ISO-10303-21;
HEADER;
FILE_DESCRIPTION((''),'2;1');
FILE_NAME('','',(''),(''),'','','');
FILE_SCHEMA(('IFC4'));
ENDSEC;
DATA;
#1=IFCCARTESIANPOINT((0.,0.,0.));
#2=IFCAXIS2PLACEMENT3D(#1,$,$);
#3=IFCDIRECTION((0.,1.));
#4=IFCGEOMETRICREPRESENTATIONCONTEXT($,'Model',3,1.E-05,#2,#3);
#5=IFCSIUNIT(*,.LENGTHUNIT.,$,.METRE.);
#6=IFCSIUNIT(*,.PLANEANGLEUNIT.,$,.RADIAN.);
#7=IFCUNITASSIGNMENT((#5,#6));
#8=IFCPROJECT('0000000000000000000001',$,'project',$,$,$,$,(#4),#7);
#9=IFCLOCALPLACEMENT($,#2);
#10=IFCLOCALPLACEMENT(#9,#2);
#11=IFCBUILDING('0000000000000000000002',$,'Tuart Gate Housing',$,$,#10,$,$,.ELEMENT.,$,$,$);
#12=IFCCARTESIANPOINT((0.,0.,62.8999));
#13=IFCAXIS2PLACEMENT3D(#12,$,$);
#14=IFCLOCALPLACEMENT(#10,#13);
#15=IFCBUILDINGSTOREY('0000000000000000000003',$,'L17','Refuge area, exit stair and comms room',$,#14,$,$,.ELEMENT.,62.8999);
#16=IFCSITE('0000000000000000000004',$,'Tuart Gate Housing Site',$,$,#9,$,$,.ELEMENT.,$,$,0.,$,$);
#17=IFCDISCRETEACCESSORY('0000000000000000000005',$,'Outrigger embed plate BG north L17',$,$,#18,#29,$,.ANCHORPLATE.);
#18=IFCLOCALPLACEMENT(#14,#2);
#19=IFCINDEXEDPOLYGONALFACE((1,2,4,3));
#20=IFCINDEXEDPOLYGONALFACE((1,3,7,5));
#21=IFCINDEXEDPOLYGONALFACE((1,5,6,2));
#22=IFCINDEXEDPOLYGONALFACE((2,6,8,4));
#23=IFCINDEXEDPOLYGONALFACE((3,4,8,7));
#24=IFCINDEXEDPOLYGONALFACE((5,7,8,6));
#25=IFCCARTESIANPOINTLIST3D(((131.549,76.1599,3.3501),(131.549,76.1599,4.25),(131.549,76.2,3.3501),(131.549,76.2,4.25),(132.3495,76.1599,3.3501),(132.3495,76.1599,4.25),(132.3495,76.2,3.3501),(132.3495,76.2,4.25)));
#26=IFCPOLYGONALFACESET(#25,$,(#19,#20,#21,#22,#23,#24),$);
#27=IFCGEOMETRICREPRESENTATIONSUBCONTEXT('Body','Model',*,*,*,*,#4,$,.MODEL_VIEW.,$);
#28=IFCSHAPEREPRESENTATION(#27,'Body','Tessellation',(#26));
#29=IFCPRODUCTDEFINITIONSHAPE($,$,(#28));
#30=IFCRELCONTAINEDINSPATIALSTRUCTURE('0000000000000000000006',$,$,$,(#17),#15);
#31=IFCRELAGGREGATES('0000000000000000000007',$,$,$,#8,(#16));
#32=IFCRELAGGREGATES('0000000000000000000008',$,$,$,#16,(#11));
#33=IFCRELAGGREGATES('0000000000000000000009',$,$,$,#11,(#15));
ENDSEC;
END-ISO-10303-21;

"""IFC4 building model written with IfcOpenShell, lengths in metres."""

from ifc_helpers import new_model, si_unit, direction, frame, origin, origin_2d, place, context, subcontext, project, spatial, rectangle, extrude, element, save


model = new_model("IFC4")

# Units and contexts
model_context = context("Model", 3, precision=1e-05, world=origin(), true_north=direction((0.0, 1.0)))
body_context = subcontext(model_context, "Body", "Model", "MODEL_VIEW")
ifc_project = project(units=[si_unit("LENGTHUNIT", "METRE"), si_unit("PLANEANGLEUNIT", "RADIAN")], contexts=[model_context])

# Site, building, storey
site_placement = place(None, origin())
site = spatial("IfcSite", under=ifc_project, at=site_placement, Name="Tuart Gate Housing Site", CompositionType="ELEMENT", RefElevation=0.0)
building_placement = place(site_placement, origin())
building = spatial("IfcBuilding", under=site, at=building_placement, Name="Tuart Gate Housing", CompositionType="ELEMENT")
storey_placement = place(building_placement, frame((0.0, 0.0, 62.8999)))
storey = spatial("IfcBuildingStorey", under=building, at=storey_placement, Name="L17", Description="Refuge area, exit stair and comms room", CompositionType="ELEMENT", Elevation=62.8999)

# Discrete accessory
discrete_accessory_placement = place(storey_placement, frame((131.9492, 76.1799, 3.3501), z_axis=(0.0, 0.0, 1.0), x_axis=(1.0, 0.0, 0.0)))
element("IfcDiscreteAccessory", 1, at=discrete_accessory_placement, inside=storey, Name="Outrigger embed plate BG north L17", PredefinedType="ANCHORPLATE", context=body_context, shape_type="SweptSolid", body=[
    extrude(rectangle(XDim=0.8005, YDim=0.04, at=origin_2d()), origin(), (0.0, 0.0, 1.0), 0.8999),
])

save(model, "model.ifc")
